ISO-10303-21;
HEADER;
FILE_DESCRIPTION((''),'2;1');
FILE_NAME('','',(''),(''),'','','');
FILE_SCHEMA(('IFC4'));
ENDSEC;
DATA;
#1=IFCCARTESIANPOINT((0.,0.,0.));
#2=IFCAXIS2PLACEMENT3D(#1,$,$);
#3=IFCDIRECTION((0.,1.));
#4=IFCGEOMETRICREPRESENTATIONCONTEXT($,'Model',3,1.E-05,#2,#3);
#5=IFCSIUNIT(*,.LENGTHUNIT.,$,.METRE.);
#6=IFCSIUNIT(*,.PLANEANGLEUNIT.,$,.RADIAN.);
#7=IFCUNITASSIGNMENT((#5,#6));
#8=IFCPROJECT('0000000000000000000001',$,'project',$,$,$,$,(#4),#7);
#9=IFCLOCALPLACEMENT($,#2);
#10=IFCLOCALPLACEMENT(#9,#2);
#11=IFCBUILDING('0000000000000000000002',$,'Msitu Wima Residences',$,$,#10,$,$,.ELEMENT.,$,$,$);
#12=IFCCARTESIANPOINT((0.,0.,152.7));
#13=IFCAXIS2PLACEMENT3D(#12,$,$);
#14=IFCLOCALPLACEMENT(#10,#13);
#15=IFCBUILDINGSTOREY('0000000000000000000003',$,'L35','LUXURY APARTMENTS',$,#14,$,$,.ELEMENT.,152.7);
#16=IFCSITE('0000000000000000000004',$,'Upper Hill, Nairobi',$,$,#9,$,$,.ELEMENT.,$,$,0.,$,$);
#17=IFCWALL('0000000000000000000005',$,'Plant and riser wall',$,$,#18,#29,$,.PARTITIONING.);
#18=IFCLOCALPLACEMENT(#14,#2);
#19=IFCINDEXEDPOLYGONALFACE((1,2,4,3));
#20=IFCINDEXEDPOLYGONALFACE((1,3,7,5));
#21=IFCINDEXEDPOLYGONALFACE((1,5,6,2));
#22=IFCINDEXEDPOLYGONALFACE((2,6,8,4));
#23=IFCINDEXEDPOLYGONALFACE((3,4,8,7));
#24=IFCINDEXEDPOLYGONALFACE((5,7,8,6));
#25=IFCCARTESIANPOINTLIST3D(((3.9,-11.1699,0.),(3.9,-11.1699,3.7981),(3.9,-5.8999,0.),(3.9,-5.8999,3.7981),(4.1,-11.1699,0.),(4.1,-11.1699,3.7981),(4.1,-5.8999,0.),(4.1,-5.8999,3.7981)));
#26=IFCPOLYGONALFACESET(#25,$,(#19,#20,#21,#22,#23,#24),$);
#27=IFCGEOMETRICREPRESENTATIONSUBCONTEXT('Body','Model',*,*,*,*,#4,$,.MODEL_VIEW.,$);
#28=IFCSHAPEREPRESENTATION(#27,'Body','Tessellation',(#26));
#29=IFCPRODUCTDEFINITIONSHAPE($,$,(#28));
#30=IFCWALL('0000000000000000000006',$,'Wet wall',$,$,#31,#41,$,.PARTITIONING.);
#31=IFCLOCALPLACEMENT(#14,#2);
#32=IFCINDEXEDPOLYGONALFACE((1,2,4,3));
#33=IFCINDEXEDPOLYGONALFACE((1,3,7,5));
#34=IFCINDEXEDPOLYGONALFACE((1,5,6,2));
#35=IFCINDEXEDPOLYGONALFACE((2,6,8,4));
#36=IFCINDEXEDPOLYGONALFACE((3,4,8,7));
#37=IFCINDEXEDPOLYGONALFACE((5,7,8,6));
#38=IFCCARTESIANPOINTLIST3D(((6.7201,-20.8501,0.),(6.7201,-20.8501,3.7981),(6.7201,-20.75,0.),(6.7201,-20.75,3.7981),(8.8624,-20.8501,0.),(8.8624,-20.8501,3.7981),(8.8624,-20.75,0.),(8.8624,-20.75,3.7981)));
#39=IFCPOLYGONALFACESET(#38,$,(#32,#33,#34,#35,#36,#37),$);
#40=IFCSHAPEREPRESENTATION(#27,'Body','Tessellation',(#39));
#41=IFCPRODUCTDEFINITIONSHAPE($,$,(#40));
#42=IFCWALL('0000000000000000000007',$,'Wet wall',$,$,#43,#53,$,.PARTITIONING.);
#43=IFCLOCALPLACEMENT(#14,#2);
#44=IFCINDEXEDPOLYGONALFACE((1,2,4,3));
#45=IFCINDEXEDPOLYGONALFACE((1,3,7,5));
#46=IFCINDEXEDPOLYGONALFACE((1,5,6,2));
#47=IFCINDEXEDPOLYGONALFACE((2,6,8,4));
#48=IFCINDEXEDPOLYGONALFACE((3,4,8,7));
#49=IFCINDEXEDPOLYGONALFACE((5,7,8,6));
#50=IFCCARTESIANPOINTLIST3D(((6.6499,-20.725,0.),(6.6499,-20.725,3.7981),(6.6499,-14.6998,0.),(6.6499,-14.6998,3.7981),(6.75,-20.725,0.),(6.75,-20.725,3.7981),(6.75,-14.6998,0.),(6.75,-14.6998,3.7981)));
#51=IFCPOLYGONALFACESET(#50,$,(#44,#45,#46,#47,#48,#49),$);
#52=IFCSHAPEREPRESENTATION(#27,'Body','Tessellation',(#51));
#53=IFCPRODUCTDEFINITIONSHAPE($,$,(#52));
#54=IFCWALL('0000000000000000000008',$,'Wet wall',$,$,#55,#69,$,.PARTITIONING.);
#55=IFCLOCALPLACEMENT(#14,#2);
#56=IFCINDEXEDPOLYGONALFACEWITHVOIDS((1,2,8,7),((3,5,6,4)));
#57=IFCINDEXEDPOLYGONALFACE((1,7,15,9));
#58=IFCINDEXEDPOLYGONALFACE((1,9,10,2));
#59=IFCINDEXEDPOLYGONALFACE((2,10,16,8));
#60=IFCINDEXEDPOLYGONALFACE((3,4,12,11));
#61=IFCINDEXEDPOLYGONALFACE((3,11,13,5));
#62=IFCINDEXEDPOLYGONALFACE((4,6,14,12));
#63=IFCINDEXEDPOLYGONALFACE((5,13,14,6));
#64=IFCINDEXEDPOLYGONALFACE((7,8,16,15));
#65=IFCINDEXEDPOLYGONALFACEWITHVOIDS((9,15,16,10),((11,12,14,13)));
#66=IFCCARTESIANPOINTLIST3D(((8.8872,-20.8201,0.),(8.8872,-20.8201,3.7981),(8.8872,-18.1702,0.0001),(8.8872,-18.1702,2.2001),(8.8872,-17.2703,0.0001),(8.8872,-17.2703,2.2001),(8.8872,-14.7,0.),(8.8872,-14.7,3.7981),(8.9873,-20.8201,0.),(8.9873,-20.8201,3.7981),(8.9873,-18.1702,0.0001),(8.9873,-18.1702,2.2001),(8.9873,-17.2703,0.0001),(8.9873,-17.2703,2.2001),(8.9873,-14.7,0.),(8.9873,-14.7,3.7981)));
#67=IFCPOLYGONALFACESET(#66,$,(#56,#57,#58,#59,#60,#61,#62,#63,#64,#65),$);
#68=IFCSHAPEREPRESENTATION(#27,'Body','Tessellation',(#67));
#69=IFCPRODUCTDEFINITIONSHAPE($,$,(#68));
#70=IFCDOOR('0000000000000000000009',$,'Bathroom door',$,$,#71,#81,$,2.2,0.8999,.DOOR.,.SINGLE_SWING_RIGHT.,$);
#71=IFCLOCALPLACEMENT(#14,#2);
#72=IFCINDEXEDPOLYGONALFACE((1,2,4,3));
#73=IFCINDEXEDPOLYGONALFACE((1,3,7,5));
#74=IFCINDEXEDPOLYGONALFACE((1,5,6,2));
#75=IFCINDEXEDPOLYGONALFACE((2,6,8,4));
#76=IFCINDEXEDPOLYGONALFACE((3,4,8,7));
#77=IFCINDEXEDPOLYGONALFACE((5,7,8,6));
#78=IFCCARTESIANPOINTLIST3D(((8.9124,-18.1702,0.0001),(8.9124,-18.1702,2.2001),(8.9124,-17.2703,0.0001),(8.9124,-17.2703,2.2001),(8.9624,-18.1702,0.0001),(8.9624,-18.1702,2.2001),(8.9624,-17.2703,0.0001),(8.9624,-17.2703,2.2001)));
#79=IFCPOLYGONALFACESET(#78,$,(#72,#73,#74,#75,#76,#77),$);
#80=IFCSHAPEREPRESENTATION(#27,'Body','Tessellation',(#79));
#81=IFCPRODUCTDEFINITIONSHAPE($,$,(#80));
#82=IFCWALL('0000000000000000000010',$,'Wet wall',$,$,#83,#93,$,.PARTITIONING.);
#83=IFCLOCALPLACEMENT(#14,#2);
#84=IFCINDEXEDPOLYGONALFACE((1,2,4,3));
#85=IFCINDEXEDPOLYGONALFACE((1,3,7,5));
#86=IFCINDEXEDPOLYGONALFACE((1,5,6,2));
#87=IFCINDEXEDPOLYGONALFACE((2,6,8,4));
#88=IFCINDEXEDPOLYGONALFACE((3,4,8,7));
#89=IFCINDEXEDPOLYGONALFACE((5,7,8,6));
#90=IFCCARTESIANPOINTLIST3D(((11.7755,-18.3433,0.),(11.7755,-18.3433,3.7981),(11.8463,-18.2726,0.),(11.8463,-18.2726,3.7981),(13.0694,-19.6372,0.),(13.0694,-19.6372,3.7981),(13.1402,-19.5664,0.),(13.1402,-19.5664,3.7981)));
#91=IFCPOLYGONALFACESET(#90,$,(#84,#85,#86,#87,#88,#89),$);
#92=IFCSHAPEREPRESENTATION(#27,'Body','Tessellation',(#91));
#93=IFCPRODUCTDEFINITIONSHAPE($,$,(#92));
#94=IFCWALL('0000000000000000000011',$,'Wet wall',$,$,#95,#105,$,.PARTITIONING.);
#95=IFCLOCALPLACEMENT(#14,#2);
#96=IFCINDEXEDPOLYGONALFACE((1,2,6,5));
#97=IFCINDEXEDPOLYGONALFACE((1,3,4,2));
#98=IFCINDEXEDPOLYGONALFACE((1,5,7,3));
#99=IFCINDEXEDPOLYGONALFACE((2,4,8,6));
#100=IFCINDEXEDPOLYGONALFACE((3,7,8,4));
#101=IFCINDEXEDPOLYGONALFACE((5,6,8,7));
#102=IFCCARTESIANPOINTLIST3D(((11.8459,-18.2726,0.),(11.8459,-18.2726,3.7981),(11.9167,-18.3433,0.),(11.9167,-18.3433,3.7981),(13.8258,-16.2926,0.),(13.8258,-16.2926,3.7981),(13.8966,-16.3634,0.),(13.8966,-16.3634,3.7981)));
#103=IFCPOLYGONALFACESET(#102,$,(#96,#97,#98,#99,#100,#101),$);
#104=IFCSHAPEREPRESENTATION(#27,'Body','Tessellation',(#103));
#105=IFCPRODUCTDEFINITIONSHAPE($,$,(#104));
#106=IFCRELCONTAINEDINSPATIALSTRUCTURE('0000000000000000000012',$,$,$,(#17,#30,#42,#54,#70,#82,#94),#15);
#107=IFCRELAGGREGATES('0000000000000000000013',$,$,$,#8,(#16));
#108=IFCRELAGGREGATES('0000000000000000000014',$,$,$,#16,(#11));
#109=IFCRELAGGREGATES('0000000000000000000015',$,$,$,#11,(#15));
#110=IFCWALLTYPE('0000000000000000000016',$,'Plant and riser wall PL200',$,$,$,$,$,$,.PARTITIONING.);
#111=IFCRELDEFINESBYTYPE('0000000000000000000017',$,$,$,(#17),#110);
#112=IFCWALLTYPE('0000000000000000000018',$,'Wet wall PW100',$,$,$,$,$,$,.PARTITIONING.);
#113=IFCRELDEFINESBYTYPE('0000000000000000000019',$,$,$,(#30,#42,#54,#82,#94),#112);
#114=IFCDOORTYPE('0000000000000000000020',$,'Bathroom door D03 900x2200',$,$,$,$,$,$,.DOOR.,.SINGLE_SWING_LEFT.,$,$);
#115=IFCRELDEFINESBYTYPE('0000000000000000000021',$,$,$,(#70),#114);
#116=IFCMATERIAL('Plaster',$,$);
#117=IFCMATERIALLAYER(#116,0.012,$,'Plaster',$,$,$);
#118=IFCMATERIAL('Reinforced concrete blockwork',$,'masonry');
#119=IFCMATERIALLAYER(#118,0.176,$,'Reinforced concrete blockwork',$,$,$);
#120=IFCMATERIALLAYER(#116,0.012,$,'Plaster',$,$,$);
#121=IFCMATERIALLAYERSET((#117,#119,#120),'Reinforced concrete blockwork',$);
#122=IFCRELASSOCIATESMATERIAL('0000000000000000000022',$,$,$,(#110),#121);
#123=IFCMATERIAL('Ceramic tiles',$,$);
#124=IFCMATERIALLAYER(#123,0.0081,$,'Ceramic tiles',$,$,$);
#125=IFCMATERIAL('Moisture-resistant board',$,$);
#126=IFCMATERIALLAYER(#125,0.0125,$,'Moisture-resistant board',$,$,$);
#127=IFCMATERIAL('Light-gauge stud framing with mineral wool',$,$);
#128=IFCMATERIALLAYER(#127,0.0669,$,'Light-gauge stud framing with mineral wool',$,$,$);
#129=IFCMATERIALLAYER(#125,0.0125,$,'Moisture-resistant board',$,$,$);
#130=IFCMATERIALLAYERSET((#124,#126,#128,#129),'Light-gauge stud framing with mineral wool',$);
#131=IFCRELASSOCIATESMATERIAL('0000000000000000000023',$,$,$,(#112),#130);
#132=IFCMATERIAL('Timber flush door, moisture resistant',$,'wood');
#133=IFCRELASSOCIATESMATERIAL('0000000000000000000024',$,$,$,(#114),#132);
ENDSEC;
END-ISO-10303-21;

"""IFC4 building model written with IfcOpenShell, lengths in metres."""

from ifc_helpers import new_model, si_unit, direction, frame, frame_2d, origin, place, context, subcontext, project, spatial, rectangle, extrude, material, layer, layer_set, type_object, element, fill, save


model = new_model("IFC4")

# Units and contexts
model_context = context("Model", 3, precision=1e-05, world=origin(), true_north=direction((0.0, 1.0)))
body_context = subcontext(model_context, "Body", "Model", "MODEL_VIEW")
ifc_project = project(units=[si_unit("LENGTHUNIT", "METRE"), si_unit("PLANEANGLEUNIT", "RADIAN")], contexts=[model_context])

# Site, building, storey
site_placement = place(None, origin())
site = spatial("IfcSite", under=ifc_project, at=site_placement, Name="Upper Hill, Nairobi", CompositionType="ELEMENT", RefElevation=0.0)
building_placement = place(site_placement, origin())
building = spatial("IfcBuilding", under=site, at=building_placement, Name="Msitu Wima Residences", CompositionType="ELEMENT")
storey_placement = place(building_placement, frame((0.0, 0.0, 152.7)))
storey = spatial("IfcBuildingStorey", under=building, at=storey_placement, Name="L35", Description="LUXURY APARTMENTS", CompositionType="ELEMENT", Elevation=152.7)

# Shared definitions
ifc_material_1 = material(Name="Plaster")

# Walls
ifc_layer_1 = layer(ifc_material_1, 0.012, Name="Plaster")
ifc_material_2 = material(Name="Reinforced concrete blockwork", Category="masonry")
ifc_layer_2 = layer(ifc_material_2, 0.176, Name="Reinforced concrete blockwork")
ifc_layer_3 = layer(ifc_material_1, 0.012, Name="Plaster")
ifc_layer_set_1 = layer_set([ifc_layer_1, ifc_layer_2, ifc_layer_3], Name="Reinforced concrete blockwork")
wall_type_1 = type_object("IfcWallType", Name="Plant and riser wall PL200", PredefinedType="PARTITIONING", material=ifc_layer_set_1)
wall_1_placement = place(storey_placement, frame((4.0, -11.1699, 0.0), z_axis=(0.0, 0.0, 1.0), x_axis=(0.0, 1.0, 0.0)))
element("IfcWall", 1, at=wall_1_placement, inside=storey, type_object=wall_type_1, Name="Plant and riser wall", PredefinedType="PARTITIONING", context=body_context, shape_type="SweptSolid", body=[
    extrude(rectangle(XDim=5.27, YDim=0.2, at=frame_2d((2.635, 0.0))), origin(), (0.0, 0.0, 1.0), 3.7981),
])
ifc_material_3 = material(Name="Ceramic tiles")
ifc_layer_4 = layer(ifc_material_3, 0.0081, Name="Ceramic tiles")
ifc_material_4 = material(Name="Moisture-resistant board")
ifc_layer_5 = layer(ifc_material_4, 0.0125, Name="Moisture-resistant board")
ifc_material_5 = material(Name="Light-gauge stud framing with mineral wool")
ifc_layer_6 = layer(ifc_material_5, 0.0669, Name="Light-gauge stud framing with mineral wool")
ifc_layer_7 = layer(ifc_material_4, 0.0125, Name="Moisture-resistant board")
ifc_layer_set_2 = layer_set([ifc_layer_4, ifc_layer_5, ifc_layer_6, ifc_layer_7], Name="Light-gauge stud framing with mineral wool")
wall_type_2 = type_object("IfcWallType", Name="Wet wall PW100", PredefinedType="PARTITIONING", material=ifc_layer_set_2)
wall_2_placement = place(storey_placement, frame((6.72, -20.8, 0.0), z_axis=(0.0, 0.0, 1.0), x_axis=(1.0, 0.0, 0.0)))
element("IfcWall", 2, at=wall_2_placement, inside=storey, type_object=wall_type_2, Name="Wet wall", PredefinedType="PARTITIONING", context=body_context, shape_type="SweptSolid", body=[
    extrude(rectangle(XDim=2.1423, YDim=0.1001, at=frame_2d((1.0713, 0.0))), origin(), (0.0, 0.0, 1.0), 3.7981),
])
wall_3_placement = place(storey_placement, frame((6.7, -20.7251, 0.0), z_axis=(0.0, 0.0, 1.0), x_axis=(0.0, 1.0, 0.0)))
element("IfcWall", 3, at=wall_3_placement, inside=storey, type_object=wall_type_2, Name="Wet wall", PredefinedType="PARTITIONING", context=body_context, shape_type="SweptSolid", body=[
    extrude(rectangle(XDim=6.0251, YDim=0.1001, at=frame_2d((3.0127, 0.0))), origin(), (0.0, 0.0, 1.0), 3.7981),
])

# Wall, opening, door
wall_4_placement = place(storey_placement, frame((8.9373, -20.8201, 0.0), z_axis=(0.0, 0.0, 1.0), x_axis=(0.0, 1.0, 0.0)))
wall_4 = element("IfcWall", 4, at=wall_4_placement, inside=storey, type_object=wall_type_2, Name="Wet wall", PredefinedType="PARTITIONING", context=body_context, shape_type="SweptSolid", body=[
    extrude(rectangle(XDim=6.1201, YDim=0.1001, at=frame_2d((3.0601, 0.0))), origin(), (0.0, 0.0, 1.0), 3.7981),
])
opening_1_placement = place(wall_4_placement, frame((2.6499, 0.0, 0.0)))
opening_1 = element("IfcOpeningElement", 5, at=opening_1_placement, cuts=wall_4, PredefinedType="OPENING", context=body_context, shape_type="SweptSolid", body=[
    extrude(rectangle(XDim=0.8999, YDim=2.2, at=frame_2d((0.45, 1.1001))), frame((0.0, 0.0601, 0.0), z_axis=(0.0, -1.0, 0.0), x_axis=(1.0, 0.0, 0.0)), (0.0, 0.0, 1.0), 0.1201),
])
ifc_material_6 = material(Name="Timber flush door, moisture resistant", Category="wood")
door_type_1 = type_object("IfcDoorType", Name="Bathroom door D03 900x2200", OperationType="SINGLE_SWING_LEFT", PredefinedType="DOOR", material=ifc_material_6)
door_1_placement = place(opening_1_placement, origin())
door_1 = element("IfcDoor", 6, at=door_1_placement, inside=storey, type_object=door_type_1, Name="Bathroom door", OperationType="SINGLE_SWING_RIGHT", OverallHeight=2.2, OverallWidth=0.8999, PredefinedType="DOOR", context=body_context, shape_type="SweptSolid", body=[
    extrude(rectangle(XDim=0.8999, YDim=2.2, at=frame_2d((0.45, 1.1001))), frame((0.0, 0.0249, 0.0), z_axis=(0.0, -1.0, 0.0), x_axis=(1.0, 0.0, 0.0)), (0.0, 0.0, 1.0), 0.05),
])
fill(opening_1, door_1)

# Walls
wall_5_placement = place(storey_placement, frame((11.8108, -18.3079, 0.0), z_axis=(0.0, 0.0, 1.0), x_axis=(0.707107, -0.707107, 0.0)))
element("IfcWall", 7, at=wall_5_placement, inside=storey, type_object=wall_type_2, Name="Wet wall", PredefinedType="PARTITIONING", context=body_context, shape_type="SweptSolid", body=[
    extrude(rectangle(XDim=1.8298, YDim=0.1001, at=frame_2d((0.915, 0.0))), origin(), (0.0, 0.0, 1.0), 3.7981),
])
wall_6_placement = place(storey_placement, frame((11.8813, -18.3079, 0.0), z_axis=(0.0, 0.0, 1.0), x_axis=(0.707107, 0.707107, 0.0)))
element("IfcWall", 8, at=wall_6_placement, inside=storey, type_object=wall_type_2, Name="Wet wall", PredefinedType="PARTITIONING", context=body_context, shape_type="SweptSolid", body=[
    extrude(rectangle(XDim=2.8, YDim=0.1001, at=frame_2d((1.3999, 0.0))), origin(), (0.0, 0.0, 1.0), 3.7981),
])

save(model, "model.ifc")
